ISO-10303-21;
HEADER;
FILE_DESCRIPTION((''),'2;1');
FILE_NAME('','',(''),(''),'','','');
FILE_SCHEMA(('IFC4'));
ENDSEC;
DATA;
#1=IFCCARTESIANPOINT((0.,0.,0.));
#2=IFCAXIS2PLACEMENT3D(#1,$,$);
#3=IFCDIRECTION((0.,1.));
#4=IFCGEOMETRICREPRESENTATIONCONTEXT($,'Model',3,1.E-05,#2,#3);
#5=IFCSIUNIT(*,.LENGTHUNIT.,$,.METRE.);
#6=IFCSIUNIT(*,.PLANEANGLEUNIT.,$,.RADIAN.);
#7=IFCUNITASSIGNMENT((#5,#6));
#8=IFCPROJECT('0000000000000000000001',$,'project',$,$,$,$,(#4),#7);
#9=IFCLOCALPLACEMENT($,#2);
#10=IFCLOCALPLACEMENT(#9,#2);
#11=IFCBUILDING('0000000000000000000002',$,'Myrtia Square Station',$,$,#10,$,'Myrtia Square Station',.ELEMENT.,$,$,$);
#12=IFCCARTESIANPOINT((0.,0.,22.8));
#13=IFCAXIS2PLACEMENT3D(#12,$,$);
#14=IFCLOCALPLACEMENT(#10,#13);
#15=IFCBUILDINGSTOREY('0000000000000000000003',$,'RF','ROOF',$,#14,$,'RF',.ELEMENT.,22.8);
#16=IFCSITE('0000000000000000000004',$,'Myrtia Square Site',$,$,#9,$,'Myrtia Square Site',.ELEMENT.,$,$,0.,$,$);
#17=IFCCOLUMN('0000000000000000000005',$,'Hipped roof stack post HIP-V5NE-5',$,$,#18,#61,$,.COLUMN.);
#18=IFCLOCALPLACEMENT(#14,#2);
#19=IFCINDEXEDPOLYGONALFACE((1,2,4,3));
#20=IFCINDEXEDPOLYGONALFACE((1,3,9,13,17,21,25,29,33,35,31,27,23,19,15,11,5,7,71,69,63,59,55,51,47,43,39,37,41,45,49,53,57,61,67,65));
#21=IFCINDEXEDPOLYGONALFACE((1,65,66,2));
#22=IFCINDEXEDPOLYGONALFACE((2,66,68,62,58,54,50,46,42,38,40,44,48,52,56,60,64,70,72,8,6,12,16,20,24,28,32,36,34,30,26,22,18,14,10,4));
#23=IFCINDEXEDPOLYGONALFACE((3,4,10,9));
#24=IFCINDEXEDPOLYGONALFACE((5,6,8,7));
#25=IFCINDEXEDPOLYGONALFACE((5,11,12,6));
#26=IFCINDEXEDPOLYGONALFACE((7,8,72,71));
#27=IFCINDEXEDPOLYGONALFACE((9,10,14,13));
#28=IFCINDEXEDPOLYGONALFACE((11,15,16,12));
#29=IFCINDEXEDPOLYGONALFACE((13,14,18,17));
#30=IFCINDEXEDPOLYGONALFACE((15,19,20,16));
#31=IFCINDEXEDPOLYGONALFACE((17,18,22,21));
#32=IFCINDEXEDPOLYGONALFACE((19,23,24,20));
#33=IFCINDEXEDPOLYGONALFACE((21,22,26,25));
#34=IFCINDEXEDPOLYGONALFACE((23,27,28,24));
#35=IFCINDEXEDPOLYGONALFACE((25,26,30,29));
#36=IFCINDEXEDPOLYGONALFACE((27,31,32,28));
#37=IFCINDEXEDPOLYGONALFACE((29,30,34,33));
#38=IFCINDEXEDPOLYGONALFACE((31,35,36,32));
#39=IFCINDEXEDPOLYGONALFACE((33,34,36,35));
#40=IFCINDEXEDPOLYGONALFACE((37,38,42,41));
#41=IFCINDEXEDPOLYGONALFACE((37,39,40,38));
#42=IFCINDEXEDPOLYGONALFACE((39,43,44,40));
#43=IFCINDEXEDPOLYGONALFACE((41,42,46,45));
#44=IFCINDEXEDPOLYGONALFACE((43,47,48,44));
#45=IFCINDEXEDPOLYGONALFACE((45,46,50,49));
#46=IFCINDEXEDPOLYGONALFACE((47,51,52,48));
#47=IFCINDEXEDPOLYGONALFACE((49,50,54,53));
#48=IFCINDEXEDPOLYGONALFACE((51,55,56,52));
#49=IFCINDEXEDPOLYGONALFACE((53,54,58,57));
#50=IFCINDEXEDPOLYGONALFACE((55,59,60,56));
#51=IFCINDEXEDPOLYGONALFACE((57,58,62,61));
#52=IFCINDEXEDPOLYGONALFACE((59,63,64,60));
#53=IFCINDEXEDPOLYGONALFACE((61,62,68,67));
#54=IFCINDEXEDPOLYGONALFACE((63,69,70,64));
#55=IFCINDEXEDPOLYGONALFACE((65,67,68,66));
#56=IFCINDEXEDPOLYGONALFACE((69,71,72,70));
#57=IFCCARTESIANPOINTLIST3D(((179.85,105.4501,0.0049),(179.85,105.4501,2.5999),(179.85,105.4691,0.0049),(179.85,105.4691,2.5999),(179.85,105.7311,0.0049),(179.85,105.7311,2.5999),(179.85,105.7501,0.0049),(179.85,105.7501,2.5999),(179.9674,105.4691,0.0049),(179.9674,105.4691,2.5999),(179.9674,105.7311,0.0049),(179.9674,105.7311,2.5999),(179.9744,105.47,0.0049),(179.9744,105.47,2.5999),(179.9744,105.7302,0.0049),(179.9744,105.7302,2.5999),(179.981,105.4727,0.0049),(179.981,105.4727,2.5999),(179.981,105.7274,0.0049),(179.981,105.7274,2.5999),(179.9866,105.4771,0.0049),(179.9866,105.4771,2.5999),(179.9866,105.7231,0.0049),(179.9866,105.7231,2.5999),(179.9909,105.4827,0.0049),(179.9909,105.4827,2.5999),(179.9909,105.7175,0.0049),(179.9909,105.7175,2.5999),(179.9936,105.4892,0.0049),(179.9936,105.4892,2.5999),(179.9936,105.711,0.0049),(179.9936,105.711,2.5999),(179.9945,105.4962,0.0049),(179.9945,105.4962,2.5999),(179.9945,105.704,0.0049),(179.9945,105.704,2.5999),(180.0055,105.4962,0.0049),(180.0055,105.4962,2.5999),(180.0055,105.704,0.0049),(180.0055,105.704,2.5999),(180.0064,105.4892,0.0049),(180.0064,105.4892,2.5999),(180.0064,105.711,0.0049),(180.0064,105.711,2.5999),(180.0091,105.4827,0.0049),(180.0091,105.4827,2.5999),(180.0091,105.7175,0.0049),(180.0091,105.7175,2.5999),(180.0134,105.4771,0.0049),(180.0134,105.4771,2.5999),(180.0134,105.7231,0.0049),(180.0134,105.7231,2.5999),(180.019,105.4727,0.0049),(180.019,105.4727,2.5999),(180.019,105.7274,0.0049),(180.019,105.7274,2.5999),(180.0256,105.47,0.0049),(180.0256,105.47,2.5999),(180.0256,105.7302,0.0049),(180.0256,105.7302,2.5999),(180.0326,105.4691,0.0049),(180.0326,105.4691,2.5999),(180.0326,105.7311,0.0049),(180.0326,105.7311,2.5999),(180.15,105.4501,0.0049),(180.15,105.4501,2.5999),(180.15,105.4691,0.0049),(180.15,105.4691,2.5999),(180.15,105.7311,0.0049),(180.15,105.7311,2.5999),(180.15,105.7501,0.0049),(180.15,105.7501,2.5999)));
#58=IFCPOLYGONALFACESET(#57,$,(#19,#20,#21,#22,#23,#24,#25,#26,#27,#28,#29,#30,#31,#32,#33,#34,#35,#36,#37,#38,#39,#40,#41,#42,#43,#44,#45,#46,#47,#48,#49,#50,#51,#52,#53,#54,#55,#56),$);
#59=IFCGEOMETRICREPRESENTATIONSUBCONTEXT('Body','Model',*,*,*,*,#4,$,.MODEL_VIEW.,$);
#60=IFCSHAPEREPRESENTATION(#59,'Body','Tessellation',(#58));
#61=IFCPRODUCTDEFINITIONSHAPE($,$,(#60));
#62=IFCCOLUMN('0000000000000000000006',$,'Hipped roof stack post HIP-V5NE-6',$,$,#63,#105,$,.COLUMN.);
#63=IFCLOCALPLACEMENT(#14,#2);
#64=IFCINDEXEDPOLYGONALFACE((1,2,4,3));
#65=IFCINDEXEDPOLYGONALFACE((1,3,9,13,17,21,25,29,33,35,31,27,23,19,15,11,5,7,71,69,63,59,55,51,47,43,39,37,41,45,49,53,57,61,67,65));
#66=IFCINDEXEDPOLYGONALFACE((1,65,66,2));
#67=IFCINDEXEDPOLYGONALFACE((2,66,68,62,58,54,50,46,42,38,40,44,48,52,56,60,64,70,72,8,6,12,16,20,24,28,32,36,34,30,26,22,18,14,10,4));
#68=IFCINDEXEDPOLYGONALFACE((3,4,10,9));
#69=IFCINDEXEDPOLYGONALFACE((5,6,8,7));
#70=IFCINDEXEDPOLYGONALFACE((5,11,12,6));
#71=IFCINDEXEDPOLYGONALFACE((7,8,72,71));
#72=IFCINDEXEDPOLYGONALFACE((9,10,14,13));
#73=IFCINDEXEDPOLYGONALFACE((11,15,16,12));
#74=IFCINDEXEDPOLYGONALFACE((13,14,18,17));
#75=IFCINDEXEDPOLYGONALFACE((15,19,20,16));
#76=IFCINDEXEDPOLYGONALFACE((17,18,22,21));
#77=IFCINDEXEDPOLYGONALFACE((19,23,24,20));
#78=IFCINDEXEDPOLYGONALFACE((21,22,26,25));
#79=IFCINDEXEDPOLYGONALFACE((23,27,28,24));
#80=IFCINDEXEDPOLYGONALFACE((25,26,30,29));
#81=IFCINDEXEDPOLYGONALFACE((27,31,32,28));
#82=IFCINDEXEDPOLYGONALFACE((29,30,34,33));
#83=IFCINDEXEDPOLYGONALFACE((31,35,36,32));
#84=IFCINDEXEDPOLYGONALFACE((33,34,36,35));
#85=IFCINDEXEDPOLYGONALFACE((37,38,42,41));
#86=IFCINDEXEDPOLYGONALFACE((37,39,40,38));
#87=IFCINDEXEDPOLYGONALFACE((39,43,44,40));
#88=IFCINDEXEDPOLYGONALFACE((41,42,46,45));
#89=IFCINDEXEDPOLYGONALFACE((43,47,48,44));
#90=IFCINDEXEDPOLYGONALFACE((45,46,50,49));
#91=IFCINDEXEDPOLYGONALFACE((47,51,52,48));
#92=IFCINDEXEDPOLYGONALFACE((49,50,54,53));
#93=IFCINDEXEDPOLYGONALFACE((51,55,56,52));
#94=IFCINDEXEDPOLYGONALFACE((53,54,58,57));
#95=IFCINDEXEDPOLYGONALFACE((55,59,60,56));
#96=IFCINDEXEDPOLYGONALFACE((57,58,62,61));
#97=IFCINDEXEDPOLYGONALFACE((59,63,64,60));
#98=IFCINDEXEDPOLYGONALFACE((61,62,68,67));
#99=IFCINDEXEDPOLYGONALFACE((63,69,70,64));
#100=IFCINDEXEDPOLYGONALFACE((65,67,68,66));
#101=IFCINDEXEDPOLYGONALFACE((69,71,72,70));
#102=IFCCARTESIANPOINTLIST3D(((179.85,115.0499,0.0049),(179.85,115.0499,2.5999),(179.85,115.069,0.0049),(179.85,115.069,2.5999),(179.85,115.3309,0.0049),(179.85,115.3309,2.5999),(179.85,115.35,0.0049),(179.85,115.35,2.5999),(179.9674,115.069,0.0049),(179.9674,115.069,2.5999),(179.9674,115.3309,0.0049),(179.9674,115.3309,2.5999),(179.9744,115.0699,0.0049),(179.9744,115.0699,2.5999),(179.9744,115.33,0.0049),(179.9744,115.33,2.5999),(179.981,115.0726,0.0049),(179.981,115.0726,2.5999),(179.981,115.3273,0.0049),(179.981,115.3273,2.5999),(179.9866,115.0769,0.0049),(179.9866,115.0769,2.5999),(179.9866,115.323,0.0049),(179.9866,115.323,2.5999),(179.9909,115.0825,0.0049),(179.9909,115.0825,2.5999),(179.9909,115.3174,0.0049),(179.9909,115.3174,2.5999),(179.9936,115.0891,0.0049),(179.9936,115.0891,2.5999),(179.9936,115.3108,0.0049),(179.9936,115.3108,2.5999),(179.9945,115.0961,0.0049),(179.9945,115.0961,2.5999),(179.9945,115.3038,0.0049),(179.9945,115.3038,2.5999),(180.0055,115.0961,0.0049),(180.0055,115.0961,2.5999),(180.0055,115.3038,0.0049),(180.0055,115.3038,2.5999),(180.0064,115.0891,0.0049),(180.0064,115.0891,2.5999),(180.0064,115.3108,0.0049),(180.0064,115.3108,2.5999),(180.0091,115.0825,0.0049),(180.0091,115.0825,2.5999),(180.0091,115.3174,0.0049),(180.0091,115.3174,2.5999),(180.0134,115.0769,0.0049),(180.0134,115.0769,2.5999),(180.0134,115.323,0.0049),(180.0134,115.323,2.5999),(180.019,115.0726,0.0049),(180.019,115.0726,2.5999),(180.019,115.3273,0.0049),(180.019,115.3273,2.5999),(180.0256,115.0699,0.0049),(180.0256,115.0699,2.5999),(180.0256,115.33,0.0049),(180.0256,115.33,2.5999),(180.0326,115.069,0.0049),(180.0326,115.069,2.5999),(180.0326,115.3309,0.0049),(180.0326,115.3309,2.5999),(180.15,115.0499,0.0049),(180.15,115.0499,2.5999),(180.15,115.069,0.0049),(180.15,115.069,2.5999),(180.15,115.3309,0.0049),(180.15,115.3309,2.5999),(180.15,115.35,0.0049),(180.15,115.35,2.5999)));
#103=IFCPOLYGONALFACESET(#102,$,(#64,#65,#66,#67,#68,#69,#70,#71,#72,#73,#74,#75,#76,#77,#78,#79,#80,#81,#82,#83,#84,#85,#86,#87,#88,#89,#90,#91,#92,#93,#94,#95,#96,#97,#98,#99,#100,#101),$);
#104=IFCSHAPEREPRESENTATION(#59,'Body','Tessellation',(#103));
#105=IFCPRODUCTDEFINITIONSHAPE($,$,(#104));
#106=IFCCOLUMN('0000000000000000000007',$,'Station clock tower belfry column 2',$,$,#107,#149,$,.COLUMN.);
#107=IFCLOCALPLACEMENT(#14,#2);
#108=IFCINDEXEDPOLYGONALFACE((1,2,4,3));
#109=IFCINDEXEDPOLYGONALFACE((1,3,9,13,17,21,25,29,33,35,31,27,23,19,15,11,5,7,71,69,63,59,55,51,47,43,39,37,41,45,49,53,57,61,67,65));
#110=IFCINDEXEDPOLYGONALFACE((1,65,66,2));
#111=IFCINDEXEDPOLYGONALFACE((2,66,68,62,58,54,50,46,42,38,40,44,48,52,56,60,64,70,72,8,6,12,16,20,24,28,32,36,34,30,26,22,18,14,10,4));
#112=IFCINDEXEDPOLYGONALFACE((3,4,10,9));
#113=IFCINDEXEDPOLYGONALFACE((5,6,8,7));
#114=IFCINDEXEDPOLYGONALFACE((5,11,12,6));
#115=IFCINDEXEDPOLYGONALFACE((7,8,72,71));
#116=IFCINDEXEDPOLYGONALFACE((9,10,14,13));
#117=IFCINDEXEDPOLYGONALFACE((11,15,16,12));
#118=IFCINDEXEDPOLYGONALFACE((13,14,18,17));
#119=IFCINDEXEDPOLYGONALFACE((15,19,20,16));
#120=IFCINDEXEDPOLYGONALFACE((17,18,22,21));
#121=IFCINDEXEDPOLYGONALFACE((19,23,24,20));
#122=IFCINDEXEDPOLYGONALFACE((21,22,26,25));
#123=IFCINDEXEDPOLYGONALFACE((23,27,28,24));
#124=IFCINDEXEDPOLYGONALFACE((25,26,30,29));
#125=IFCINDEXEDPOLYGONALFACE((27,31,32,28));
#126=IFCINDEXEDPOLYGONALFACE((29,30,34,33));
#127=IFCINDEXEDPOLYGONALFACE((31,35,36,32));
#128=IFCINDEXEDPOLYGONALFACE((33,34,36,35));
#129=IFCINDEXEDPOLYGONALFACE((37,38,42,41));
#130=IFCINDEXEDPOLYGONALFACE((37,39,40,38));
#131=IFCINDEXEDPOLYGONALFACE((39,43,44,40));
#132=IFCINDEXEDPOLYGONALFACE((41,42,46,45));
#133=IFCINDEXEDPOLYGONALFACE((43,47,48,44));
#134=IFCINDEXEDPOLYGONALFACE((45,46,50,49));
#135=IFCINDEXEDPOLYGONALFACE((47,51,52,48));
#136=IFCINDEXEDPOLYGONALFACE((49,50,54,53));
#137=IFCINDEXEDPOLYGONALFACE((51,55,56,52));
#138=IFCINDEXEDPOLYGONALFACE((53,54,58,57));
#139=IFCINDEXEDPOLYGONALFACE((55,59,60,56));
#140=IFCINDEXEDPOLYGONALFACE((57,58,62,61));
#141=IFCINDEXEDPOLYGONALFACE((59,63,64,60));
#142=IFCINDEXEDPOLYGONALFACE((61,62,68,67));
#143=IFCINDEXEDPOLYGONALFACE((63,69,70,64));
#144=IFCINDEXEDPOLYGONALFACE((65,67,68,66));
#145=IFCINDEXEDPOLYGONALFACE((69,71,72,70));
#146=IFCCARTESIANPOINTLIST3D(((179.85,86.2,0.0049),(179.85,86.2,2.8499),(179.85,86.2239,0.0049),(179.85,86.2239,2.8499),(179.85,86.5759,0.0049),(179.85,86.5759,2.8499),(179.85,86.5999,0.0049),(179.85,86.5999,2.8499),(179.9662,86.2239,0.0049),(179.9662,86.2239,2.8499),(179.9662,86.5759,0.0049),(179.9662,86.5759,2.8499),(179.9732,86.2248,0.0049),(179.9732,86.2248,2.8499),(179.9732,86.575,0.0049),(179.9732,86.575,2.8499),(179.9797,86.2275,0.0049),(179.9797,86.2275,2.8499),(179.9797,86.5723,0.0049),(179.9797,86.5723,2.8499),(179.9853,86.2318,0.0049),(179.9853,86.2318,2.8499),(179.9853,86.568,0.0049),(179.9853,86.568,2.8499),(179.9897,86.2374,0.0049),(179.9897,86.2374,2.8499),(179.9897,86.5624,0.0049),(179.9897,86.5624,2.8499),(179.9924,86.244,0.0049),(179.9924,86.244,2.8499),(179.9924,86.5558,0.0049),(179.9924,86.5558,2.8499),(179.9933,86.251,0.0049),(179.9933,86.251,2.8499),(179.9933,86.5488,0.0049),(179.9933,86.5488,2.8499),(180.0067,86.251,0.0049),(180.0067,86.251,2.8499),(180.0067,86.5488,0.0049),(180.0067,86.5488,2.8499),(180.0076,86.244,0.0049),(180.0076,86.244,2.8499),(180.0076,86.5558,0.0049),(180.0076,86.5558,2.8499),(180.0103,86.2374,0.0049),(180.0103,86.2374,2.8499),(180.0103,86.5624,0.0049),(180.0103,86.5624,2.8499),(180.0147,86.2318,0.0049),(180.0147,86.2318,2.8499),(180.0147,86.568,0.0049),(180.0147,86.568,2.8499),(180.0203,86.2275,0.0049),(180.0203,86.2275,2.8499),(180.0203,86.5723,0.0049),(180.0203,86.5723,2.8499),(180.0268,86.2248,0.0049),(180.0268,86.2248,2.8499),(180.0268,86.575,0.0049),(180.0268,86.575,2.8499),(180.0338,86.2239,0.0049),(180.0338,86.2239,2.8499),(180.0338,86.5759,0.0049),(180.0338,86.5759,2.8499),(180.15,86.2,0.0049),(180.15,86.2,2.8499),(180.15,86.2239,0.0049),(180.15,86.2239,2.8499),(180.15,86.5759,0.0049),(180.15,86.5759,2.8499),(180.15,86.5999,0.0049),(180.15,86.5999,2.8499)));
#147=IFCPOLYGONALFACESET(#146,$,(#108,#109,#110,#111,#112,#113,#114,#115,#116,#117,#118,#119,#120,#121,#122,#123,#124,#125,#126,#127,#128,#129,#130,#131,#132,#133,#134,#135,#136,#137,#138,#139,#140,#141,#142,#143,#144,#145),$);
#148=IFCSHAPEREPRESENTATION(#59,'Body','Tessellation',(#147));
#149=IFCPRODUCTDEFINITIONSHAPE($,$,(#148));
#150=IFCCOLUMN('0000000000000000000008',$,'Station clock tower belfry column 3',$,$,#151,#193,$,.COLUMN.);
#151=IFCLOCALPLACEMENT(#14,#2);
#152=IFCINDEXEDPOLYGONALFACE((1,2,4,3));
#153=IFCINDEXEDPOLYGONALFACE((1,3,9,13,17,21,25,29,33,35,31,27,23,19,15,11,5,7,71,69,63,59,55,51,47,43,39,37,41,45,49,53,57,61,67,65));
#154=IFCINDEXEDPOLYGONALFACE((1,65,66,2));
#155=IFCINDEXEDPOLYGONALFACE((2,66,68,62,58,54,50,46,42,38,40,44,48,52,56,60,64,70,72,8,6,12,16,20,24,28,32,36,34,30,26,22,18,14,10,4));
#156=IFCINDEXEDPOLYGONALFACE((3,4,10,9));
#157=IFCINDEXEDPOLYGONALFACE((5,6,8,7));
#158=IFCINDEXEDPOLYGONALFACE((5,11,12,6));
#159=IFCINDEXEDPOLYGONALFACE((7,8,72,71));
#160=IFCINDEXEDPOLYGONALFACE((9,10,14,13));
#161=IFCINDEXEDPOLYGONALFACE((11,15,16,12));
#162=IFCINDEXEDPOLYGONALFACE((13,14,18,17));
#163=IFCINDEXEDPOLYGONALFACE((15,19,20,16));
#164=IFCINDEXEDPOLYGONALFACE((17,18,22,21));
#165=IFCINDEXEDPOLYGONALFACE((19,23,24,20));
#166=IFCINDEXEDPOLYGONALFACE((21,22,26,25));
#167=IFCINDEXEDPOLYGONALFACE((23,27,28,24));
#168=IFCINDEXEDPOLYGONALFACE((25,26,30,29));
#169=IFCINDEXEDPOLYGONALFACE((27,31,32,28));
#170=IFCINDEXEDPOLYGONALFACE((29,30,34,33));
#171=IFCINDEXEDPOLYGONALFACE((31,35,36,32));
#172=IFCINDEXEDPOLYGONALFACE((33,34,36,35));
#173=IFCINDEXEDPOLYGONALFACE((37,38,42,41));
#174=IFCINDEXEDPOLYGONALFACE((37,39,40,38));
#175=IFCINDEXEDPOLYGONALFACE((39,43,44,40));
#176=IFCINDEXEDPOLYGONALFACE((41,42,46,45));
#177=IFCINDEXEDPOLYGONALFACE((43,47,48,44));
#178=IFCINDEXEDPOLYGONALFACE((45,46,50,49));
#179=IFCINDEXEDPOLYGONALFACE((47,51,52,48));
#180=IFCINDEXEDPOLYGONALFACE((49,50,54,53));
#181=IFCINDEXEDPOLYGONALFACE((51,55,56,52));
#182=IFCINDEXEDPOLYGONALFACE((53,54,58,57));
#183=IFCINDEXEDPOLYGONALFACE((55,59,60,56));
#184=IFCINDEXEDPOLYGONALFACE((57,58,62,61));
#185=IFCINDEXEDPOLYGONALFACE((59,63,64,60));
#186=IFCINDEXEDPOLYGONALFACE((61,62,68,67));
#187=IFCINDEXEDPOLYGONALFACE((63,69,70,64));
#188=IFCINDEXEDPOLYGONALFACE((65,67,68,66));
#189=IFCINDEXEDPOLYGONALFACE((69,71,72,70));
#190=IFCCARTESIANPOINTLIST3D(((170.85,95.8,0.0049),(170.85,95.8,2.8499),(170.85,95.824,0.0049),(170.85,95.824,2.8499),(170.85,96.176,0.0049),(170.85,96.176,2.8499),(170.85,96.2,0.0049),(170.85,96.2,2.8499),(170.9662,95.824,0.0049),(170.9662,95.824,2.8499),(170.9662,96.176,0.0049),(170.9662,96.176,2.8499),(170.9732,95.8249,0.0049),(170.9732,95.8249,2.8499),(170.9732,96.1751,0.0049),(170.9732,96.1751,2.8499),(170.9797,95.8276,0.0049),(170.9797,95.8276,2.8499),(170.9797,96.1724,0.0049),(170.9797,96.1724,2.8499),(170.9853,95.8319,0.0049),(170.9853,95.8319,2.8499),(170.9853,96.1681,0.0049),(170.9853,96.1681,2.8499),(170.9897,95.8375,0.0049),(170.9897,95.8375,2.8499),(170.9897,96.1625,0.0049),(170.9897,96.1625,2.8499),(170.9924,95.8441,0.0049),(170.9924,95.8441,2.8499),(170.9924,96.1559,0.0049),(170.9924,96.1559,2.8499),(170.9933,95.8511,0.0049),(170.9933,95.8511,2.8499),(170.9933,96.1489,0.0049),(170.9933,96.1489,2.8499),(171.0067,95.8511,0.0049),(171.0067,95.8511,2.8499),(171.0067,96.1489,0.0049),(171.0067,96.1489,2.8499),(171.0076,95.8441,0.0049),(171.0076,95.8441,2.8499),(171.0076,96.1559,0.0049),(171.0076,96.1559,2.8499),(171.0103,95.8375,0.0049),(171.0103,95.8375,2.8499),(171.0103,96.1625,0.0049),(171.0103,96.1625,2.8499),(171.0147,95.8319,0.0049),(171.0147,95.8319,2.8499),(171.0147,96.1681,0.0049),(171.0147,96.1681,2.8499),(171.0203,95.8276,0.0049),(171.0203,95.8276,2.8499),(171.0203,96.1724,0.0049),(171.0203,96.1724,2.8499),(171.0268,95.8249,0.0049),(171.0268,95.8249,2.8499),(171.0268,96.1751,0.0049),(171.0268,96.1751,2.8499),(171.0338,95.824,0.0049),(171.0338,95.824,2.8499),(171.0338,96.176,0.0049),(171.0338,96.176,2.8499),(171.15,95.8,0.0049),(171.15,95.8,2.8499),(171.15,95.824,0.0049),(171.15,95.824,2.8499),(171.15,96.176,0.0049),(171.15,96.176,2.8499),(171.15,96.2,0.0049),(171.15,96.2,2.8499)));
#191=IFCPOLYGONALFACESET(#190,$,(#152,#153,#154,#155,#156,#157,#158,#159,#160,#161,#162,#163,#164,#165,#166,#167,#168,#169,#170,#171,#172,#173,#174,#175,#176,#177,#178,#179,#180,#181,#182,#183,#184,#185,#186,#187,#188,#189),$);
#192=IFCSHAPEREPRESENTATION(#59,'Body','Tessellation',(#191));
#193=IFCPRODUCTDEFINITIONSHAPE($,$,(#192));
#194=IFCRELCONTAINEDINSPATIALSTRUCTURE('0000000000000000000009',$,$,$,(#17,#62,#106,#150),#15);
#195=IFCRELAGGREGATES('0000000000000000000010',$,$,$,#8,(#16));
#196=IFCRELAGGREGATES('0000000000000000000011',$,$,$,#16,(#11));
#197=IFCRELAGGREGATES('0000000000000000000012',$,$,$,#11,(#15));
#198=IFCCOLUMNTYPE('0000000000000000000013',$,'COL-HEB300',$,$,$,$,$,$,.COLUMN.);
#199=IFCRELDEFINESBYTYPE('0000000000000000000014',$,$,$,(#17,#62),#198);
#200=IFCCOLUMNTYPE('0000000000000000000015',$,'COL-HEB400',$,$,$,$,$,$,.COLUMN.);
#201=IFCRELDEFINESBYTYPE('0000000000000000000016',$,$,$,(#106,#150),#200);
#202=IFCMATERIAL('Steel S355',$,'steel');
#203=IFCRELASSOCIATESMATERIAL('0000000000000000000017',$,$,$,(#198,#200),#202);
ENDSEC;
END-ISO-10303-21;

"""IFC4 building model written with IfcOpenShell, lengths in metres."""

from ifc_helpers import new_model, si_unit, direction, frame, origin, origin_2d, place, context, subcontext, project, spatial, i_section, extrude, material, material_profile, profile_set, type_object, element, save


model = new_model("IFC4")

# Units and contexts
model_context = context("Model", 3, precision=1e-05, world=origin(), true_north=direction((0.0, 1.0)))
body_context = subcontext(model_context, "Body", "Model", "MODEL_VIEW")
ifc_project = project(units=[si_unit("LENGTHUNIT", "METRE"), si_unit("PLANEANGLEUNIT", "RADIAN")], contexts=[model_context])

# Site, building, storey
site_placement = place(None, origin())
site = spatial("IfcSite", under=ifc_project, at=site_placement, Name="Myrtia Square Site", LongName="Myrtia Square Site", CompositionType="ELEMENT", RefElevation=0.0)
building_placement = place(site_placement, origin())
building = spatial("IfcBuilding", under=site, at=building_placement, Name="Myrtia Square Station", LongName="Myrtia Square Station", CompositionType="ELEMENT")
storey_placement = place(building_placement, frame((0.0, 0.0, 22.8)))
storey = spatial("IfcBuildingStorey", under=building, at=storey_placement, Name="RF", Description="ROOF", LongName="RF", CompositionType="ELEMENT", Elevation=22.8)

# Columns
ifc_material_1 = material(Name="Steel S355", Category="steel")
ifc_material_profile_1 = material_profile(ifc_material_1, i_section(OverallWidth=0.3, OverallDepth=0.3, WebThickness=0.011, FlangeThickness=0.019, FilletRadius=0.0271, at=origin_2d()), Name="HEB 300")
ifc_profile_set_1 = profile_set([ifc_material_profile_1], Name="Steel S355")
column_type_1 = type_object("IfcColumnType", Name="COL-HEB300", PredefinedType="COLUMN", material=ifc_profile_set_1)
for number, where, z_axis, x_axis, name in (
    (1, (180.0, 105.6001, 0.0049), (0.0, 0.0, 1.0), (1.0, 0.0, 0.0), "Hipped roof stack post HIP-V5NE-5"),
    (2, (180.0, 115.2, 0.0049), (0.0, 0.0, 1.0), (1.0, 0.0, 0.0), "Hipped roof stack post HIP-V5NE-6"),
):
    element("IfcColumn", number, at=place(storey_placement, frame(where, z_axis=z_axis, x_axis=x_axis)), inside=storey, type_object=column_type_1, Name=name, PredefinedType="COLUMN", context=body_context, shape_type="SweptSolid", body=[
        extrude(i_section(OverallWidth=0.3, OverallDepth=0.3, WebThickness=0.011, FlangeThickness=0.019, FilletRadius=0.0271, at=origin_2d()), origin(), (0.0, 0.0, 1.0), 2.595),
    ])
ifc_material_profile_2 = material_profile(ifc_material_1, i_section(OverallWidth=0.3, OverallDepth=0.3999, WebThickness=0.0134, FlangeThickness=0.0239, FilletRadius=0.0271, at=origin_2d()), Name="HEB 400")
ifc_profile_set_2 = profile_set([ifc_material_profile_2], Name="Steel S355")
column_type_2 = type_object("IfcColumnType", Name="COL-HEB400", PredefinedType="COLUMN", material=ifc_profile_set_2)
for number, where, z_axis, x_axis, name in (
    (3, (180.0, 86.3999, 0.0049), (0.0, 0.0, 1.0), (1.0, 0.0, 0.0), "Station clock tower belfry column 2"),
    (4, (171.0, 96.0, 0.0049), (0.0, 0.0, 1.0), (1.0, 0.0, 0.0), "Station clock tower belfry column 3"),
):
    element("IfcColumn", number, at=place(storey_placement, frame(where, z_axis=z_axis, x_axis=x_axis)), inside=storey, type_object=column_type_2, Name=name, PredefinedType="COLUMN", context=body_context, shape_type="SweptSolid", body=[
        extrude(i_section(OverallWidth=0.3, OverallDepth=0.3999, WebThickness=0.0134, FlangeThickness=0.0239, FilletRadius=0.0271, at=origin_2d()), origin(), (0.0, 0.0, 1.0), 2.845),
    ])

save(model, "model.ifc")
